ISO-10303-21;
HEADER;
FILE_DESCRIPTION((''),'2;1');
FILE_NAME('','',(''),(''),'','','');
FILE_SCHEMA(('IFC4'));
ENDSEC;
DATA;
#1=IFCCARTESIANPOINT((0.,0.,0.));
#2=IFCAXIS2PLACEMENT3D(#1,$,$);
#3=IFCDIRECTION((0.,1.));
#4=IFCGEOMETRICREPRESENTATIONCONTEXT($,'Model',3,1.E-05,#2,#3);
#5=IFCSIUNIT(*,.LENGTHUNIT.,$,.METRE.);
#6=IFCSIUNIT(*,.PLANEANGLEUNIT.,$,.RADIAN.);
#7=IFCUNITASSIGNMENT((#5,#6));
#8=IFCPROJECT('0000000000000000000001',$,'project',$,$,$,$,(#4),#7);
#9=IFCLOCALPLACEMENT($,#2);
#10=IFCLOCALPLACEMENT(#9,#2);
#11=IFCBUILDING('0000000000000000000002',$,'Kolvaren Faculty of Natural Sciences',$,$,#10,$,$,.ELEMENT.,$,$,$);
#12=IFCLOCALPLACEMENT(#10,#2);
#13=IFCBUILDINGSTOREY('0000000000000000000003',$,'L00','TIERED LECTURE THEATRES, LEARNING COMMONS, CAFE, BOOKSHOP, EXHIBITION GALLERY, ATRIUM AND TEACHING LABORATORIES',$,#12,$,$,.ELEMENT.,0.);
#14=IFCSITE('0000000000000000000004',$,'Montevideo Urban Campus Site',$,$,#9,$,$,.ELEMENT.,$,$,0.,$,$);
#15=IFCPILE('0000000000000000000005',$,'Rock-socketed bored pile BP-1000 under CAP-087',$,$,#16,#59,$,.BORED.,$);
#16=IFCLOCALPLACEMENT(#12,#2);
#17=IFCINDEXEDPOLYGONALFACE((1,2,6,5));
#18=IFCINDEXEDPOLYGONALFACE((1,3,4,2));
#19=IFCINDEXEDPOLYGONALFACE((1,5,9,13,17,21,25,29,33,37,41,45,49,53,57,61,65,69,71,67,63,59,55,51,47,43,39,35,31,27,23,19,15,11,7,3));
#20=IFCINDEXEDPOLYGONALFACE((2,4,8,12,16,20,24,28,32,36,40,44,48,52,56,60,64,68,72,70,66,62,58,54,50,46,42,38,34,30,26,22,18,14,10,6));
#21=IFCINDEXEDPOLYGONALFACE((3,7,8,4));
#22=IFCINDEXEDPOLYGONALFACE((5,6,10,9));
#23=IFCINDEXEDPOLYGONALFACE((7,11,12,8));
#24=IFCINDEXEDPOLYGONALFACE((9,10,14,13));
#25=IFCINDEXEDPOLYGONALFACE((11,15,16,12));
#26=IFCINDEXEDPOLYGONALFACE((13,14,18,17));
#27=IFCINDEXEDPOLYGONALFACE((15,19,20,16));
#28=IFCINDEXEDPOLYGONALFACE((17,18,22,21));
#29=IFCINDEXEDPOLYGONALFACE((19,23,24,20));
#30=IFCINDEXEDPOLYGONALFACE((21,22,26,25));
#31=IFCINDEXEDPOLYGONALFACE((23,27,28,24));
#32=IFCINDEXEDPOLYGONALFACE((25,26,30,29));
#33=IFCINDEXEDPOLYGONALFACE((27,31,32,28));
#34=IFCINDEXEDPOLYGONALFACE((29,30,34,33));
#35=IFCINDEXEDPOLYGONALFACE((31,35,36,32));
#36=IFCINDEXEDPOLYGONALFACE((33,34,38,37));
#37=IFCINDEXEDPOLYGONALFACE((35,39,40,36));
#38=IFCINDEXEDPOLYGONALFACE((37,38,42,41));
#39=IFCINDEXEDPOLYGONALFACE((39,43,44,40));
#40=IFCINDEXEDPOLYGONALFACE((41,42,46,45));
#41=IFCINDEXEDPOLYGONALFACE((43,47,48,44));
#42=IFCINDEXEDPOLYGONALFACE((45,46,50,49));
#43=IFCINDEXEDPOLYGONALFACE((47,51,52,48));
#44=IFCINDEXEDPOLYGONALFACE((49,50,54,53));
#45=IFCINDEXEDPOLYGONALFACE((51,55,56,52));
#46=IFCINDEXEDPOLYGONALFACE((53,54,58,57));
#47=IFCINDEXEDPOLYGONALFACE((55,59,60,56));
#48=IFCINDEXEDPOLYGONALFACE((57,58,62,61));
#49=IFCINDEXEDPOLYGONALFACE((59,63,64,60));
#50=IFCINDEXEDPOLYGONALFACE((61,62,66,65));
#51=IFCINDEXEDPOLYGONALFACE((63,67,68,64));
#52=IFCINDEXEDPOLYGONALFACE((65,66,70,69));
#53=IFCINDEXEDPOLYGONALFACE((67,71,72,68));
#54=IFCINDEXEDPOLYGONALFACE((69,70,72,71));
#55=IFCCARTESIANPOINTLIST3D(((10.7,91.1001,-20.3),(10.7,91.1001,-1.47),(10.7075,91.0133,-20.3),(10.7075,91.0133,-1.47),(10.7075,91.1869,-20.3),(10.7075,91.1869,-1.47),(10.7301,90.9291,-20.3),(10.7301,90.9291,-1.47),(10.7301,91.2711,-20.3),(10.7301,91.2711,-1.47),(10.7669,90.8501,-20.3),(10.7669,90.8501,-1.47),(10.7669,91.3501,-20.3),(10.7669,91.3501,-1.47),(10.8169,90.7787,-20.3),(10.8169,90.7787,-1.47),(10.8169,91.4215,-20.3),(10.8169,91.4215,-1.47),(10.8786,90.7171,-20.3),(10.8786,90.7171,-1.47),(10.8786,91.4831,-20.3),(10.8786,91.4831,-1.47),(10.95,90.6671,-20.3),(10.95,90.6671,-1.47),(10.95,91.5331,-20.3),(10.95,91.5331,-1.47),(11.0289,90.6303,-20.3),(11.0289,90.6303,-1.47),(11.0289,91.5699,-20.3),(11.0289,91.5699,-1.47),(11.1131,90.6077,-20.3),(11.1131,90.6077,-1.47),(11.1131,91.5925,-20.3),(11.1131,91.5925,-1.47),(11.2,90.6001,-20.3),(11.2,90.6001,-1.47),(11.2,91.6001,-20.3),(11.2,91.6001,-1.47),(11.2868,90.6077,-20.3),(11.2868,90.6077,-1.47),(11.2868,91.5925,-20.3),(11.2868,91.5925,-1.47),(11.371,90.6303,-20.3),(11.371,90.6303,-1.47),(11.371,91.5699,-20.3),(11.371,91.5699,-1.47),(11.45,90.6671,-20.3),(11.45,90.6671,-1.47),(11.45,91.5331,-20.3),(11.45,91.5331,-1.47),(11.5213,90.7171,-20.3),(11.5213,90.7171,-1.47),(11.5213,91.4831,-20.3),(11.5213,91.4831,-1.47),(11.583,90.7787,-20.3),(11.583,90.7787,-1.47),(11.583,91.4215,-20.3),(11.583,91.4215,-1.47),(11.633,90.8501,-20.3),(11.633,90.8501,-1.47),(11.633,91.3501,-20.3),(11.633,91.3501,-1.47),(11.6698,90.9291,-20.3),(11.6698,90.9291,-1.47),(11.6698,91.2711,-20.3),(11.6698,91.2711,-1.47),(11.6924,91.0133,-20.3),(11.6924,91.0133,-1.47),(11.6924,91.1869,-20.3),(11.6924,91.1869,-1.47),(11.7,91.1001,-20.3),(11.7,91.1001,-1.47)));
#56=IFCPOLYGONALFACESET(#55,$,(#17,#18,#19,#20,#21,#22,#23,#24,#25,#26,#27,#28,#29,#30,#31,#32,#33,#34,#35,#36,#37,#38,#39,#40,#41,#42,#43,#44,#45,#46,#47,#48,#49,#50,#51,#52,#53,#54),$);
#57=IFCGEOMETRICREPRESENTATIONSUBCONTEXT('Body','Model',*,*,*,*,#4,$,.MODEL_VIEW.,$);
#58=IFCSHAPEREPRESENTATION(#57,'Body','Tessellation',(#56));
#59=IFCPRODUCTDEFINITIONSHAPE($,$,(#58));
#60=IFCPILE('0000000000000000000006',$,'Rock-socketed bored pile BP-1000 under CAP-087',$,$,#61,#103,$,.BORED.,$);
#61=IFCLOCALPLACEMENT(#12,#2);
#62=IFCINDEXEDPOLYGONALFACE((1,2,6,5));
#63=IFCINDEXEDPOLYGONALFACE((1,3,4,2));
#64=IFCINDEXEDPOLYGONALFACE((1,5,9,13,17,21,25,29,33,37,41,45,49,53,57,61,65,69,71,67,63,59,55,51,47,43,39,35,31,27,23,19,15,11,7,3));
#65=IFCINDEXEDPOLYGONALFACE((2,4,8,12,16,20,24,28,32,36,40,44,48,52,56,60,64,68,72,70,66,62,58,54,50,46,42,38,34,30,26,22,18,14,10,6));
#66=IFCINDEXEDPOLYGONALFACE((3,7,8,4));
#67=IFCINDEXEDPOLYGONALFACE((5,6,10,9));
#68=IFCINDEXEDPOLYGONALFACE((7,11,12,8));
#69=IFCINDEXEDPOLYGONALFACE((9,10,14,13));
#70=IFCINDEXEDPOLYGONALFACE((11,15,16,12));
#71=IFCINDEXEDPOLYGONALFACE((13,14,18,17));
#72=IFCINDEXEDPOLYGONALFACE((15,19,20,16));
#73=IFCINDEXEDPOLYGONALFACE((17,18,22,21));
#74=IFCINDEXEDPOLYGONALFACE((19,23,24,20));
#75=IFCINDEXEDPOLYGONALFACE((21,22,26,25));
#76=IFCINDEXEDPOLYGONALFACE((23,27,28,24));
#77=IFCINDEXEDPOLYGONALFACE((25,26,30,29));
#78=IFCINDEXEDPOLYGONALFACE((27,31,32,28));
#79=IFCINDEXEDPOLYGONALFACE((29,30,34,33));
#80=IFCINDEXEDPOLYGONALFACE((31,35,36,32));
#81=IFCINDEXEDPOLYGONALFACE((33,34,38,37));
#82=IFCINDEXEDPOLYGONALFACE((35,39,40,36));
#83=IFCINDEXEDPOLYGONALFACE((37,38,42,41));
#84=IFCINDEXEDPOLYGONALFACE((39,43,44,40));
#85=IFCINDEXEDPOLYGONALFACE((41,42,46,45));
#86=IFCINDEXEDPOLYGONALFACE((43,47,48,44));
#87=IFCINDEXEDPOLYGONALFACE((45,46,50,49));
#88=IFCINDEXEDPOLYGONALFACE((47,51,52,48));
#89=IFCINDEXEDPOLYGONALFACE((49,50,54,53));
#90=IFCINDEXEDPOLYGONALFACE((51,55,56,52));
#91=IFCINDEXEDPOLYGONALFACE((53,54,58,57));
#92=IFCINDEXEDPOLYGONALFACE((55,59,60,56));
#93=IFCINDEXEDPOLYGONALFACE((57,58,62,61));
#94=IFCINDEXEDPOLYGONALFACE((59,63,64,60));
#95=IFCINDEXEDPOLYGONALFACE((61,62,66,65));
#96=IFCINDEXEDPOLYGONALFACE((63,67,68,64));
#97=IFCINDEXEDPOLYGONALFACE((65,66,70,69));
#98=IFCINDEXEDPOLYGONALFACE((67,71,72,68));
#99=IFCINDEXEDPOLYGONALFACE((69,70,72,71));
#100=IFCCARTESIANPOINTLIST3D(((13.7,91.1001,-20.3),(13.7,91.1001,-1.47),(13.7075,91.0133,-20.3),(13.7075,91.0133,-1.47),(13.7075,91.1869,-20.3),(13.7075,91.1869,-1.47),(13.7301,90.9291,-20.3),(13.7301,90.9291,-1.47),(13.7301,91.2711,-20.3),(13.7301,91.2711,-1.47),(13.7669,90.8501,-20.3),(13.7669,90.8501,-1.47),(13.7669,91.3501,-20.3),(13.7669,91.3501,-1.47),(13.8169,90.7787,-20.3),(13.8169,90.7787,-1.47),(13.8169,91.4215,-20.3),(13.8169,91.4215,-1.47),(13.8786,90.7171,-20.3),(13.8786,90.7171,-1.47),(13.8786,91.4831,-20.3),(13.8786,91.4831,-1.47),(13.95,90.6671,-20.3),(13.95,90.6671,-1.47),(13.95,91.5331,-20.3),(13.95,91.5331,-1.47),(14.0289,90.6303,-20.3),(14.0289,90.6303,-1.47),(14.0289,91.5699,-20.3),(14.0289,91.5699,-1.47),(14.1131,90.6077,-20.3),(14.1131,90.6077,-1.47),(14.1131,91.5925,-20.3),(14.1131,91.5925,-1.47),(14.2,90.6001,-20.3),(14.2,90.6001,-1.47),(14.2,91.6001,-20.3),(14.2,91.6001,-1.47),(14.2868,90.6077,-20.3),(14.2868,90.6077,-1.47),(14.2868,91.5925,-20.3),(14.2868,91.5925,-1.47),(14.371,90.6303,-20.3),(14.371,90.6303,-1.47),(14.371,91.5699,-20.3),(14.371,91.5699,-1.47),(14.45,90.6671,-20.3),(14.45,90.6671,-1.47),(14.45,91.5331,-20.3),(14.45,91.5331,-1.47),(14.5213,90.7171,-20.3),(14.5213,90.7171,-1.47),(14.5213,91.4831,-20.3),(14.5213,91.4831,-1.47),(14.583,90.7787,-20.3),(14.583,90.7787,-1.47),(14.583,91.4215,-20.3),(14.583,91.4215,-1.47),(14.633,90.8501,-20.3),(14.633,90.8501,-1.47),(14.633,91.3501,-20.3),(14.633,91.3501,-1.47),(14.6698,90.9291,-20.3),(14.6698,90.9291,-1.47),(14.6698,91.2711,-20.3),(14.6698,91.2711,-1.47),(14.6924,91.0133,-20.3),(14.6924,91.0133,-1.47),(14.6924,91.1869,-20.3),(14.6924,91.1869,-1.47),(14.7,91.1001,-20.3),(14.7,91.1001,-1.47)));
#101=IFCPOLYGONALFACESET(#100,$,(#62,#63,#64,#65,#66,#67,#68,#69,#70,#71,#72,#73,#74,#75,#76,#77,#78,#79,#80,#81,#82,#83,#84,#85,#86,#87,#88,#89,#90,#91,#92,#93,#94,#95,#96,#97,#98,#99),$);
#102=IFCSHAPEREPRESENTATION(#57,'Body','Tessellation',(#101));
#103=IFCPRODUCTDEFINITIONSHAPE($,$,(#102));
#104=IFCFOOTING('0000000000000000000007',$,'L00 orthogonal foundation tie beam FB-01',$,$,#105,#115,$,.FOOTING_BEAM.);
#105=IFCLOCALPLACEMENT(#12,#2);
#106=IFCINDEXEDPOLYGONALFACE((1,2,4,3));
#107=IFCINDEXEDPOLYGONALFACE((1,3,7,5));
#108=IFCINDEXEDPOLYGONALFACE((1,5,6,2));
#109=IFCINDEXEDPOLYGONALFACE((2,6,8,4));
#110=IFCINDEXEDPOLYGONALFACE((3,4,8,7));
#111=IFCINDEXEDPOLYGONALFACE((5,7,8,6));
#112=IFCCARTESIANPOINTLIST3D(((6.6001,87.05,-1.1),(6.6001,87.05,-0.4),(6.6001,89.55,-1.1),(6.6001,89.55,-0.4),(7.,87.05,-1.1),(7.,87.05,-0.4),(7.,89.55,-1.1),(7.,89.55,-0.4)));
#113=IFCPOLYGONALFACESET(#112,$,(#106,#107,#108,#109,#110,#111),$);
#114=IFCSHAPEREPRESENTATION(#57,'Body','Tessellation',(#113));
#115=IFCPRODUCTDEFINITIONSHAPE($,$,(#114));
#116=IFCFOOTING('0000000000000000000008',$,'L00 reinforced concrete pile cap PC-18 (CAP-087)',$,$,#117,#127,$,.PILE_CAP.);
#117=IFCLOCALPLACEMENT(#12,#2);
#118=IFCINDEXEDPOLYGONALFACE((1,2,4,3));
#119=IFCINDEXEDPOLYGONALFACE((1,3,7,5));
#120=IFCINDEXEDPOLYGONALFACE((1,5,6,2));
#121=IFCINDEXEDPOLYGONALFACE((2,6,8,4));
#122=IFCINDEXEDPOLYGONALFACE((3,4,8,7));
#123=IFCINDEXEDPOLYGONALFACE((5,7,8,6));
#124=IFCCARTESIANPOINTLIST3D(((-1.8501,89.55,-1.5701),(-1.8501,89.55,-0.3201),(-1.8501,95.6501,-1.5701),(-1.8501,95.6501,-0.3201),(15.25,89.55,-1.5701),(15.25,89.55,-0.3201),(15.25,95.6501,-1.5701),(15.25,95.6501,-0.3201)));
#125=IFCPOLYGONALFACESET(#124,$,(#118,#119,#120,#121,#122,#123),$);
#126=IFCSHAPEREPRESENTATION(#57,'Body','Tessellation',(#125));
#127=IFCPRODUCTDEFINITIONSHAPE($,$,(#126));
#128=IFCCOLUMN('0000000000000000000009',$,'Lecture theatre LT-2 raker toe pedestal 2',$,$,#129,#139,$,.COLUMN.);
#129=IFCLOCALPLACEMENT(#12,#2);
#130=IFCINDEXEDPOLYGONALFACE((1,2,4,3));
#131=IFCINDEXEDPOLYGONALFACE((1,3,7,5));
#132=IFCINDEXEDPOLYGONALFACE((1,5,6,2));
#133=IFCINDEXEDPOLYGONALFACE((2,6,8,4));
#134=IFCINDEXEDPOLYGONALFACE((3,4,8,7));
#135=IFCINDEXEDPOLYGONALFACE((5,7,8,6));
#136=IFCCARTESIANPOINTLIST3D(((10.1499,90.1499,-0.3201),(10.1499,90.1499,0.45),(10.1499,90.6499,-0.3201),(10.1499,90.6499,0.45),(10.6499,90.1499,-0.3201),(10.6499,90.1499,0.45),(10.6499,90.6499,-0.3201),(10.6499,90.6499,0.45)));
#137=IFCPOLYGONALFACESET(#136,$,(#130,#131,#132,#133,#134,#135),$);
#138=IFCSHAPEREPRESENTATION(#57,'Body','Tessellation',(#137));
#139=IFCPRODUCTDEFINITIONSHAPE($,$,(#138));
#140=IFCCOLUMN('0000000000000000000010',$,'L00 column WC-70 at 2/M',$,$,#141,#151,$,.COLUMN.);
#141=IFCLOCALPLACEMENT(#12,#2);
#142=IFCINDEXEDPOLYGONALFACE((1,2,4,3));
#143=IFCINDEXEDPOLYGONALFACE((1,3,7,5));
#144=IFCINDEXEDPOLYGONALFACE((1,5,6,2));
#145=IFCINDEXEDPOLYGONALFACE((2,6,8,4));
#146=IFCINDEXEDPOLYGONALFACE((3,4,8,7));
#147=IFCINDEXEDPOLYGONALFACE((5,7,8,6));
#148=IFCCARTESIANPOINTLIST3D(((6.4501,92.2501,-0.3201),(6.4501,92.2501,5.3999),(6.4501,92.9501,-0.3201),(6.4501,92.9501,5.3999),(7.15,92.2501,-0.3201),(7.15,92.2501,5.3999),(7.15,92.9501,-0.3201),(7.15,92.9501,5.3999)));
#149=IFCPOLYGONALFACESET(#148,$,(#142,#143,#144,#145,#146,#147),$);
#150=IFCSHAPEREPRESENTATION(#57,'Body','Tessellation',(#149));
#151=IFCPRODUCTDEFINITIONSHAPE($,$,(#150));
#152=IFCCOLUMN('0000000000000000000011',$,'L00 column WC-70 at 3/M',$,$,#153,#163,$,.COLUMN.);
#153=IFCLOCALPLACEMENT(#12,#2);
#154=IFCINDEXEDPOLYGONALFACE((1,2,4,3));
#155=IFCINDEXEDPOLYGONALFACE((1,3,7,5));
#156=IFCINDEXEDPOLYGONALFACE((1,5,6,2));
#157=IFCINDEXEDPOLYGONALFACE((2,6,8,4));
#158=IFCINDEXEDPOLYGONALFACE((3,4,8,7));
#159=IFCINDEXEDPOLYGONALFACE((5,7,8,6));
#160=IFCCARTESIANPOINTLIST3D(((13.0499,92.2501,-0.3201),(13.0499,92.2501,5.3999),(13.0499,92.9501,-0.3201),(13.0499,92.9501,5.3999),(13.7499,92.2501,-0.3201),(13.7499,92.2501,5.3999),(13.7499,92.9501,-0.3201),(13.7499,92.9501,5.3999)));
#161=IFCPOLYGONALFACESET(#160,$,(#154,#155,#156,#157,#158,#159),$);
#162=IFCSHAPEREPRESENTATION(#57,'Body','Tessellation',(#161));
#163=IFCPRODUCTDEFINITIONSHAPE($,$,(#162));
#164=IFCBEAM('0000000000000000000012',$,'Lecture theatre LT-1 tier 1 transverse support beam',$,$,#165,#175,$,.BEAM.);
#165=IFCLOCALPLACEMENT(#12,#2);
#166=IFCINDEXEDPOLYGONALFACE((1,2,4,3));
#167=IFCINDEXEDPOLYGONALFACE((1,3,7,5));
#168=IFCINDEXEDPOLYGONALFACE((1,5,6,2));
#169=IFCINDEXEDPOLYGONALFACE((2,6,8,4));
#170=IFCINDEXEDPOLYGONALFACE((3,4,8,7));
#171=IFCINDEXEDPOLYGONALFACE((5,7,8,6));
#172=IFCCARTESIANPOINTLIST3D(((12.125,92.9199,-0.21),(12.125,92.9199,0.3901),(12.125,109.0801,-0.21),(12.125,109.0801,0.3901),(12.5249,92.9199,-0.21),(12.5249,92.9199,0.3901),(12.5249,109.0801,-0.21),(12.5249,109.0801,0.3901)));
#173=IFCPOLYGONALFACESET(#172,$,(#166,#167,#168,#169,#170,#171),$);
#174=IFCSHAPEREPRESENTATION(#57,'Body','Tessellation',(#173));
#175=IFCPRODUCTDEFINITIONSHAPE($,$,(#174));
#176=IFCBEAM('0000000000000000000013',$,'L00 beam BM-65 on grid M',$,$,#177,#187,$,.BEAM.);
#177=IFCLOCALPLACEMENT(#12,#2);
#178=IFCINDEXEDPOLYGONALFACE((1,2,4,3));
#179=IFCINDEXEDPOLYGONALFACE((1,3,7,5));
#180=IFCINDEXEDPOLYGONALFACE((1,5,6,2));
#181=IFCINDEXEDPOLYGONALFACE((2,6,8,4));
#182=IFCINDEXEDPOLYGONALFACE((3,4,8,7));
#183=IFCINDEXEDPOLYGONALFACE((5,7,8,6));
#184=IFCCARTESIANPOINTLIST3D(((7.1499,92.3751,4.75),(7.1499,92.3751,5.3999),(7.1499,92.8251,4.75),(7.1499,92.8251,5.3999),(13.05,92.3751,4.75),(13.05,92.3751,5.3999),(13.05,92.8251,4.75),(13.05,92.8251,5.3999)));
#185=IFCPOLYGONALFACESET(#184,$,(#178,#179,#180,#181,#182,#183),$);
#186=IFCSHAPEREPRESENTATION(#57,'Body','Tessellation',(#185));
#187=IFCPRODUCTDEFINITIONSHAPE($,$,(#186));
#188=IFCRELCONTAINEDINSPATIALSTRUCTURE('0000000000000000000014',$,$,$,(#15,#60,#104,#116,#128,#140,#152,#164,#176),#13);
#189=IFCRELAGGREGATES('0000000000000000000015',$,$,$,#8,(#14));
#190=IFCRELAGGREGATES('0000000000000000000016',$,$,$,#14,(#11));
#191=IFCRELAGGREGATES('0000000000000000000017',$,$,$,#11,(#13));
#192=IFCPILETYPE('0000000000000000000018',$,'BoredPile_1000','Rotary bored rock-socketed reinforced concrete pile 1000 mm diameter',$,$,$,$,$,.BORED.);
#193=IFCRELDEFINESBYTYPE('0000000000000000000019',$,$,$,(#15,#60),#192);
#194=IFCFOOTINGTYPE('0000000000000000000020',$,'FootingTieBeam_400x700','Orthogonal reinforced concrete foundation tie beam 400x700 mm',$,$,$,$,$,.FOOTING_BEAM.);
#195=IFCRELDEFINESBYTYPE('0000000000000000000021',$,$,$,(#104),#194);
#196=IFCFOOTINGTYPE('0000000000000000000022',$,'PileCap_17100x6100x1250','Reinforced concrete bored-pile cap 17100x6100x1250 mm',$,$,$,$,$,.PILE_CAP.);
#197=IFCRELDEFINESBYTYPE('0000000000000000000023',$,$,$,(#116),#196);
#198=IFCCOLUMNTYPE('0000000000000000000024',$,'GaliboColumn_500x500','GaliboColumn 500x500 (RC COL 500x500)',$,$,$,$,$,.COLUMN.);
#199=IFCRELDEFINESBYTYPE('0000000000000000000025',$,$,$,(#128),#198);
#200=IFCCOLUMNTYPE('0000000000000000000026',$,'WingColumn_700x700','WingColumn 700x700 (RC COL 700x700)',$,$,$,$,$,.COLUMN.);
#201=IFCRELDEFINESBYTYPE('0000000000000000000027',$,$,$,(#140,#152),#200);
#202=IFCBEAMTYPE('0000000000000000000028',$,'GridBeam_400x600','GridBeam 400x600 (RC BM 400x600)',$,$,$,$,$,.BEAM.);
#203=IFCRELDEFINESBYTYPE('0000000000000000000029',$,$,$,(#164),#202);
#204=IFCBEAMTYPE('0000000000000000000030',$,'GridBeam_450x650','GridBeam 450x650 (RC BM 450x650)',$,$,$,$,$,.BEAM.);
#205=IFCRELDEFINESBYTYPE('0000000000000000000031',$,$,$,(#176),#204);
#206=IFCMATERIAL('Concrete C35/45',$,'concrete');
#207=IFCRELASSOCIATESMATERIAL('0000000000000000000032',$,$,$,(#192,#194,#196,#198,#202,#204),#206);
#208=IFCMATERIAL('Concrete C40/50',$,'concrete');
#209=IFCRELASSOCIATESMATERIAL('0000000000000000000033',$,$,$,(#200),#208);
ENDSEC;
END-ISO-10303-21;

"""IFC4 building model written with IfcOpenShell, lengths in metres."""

from ifc_helpers import new_model, si_unit, direction, frame, origin, origin_2d, place, context, subcontext, project, spatial, rectangle, circle, extrude, material, material_profile, profile_set, type_object, element, save


model = new_model("IFC4")

# Units and contexts
model_context = context("Model", 3, precision=1e-05, world=origin(), true_north=direction((0.0, 1.0)))
body_context = subcontext(model_context, "Body", "Model", "MODEL_VIEW")
ifc_project = project(units=[si_unit("LENGTHUNIT", "METRE"), si_unit("PLANEANGLEUNIT", "RADIAN")], contexts=[model_context])

# Site, building, storey
site_placement = place(None, origin())
site = spatial("IfcSite", under=ifc_project, at=site_placement, Name="Montevideo Urban Campus Site", CompositionType="ELEMENT", RefElevation=0.0)
building_placement = place(site_placement, origin())
building = spatial("IfcBuilding", under=site, at=building_placement, Name="Kolvaren Faculty of Natural Sciences", CompositionType="ELEMENT")
storey_placement = place(building_placement, origin())
storey = spatial("IfcBuildingStorey", under=building, at=storey_placement, Name="L00", Description="TIERED LECTURE THEATRES, LEARNING COMMONS, CAFE, BOOKSHOP, EXHIBITION GALLERY, ATRIUM AND TEACHING LABORATORIES", CompositionType="ELEMENT", Elevation=0.0)

# Piles
ifc_material_1 = material(Name="Concrete C35/45", Category="concrete")
ifc_material_profile_1 = material_profile(ifc_material_1, circle(Radius=0.5, at=origin_2d()), Name="PILE D1000")
ifc_profile_set_1 = profile_set([ifc_material_profile_1], Name="Concrete C35/45")
pile_type = type_object("IfcPileType", Name="BoredPile_1000", Description="Rotary bored rock-socketed reinforced concrete pile 1000 mm diameter", PredefinedType="BORED", material=ifc_profile_set_1)
for number, where, z_axis, x_axis, name in (
    (1, (11.2, 91.1001, -1.47), (0.0, 0.0, -1.0), (1.0, 0.0, 0.0), "Rock-socketed bored pile BP-1000 under CAP-087"),
    (2, (14.2, 91.1001, -1.47), (0.0, 0.0, -1.0), (1.0, 0.0, 0.0), "Rock-socketed bored pile BP-1000 under CAP-087"),
):
    element("IfcPile", number, at=place(storey_placement, frame(where, z_axis=z_axis, x_axis=x_axis)), inside=storey, type_object=pile_type, Name=name, PredefinedType="BORED", context=body_context, shape_type="SweptSolid", body=[
        extrude(circle(Radius=0.5, at=origin_2d()), origin(), (0.0, 0.0, 1.0), 18.8301),
    ])

# Footings
ifc_material_profile_2 = material_profile(ifc_material_1, rectangle(XDim=0.3999, YDim=0.7, at=origin_2d()), Name="RC FB 400x700")
ifc_profile_set_2 = profile_set([ifc_material_profile_2], Name="Concrete C35/45")
footing_type_1 = type_object("IfcFootingType", Name="FootingTieBeam_400x700", Description="Orthogonal reinforced concrete foundation tie beam 400x700 mm", PredefinedType="FOOTING_BEAM", material=ifc_profile_set_2)
footing_1_placement = place(storey_placement, frame((6.8, 87.05, -0.75), z_axis=(0.0, 1.0, 0.0), x_axis=(-1.0, 0.0, 0.0)))
element("IfcFooting", 3, at=footing_1_placement, inside=storey, type_object=footing_type_1, Name="L00 orthogonal foundation tie beam FB-01", PredefinedType="FOOTING_BEAM", context=body_context, shape_type="SweptSolid", body=[
    extrude(rectangle(XDim=0.3999, YDim=0.7, at=origin_2d()), origin(), (0.0, 0.0, 1.0), 2.5),
])
footing_type_2 = type_object("IfcFootingType", Name="PileCap_17100x6100x1250", Description="Reinforced concrete bored-pile cap 17100x6100x1250 mm", PredefinedType="PILE_CAP", material=ifc_material_1)
footing_2_placement = place(storey_placement, frame((6.7, 92.6001, -1.5701), z_axis=(0.0, 0.0, 1.0), x_axis=(1.0, 0.0, 0.0)))
element("IfcFooting", 4, at=footing_2_placement, inside=storey, type_object=footing_type_2, Name="L00 reinforced concrete pile cap PC-18 (CAP-087)", PredefinedType="PILE_CAP", context=body_context, shape_type="SweptSolid", body=[
    extrude(rectangle(XDim=17.1001, YDim=6.1001, at=origin_2d()), origin(), (0.0, 0.0, 1.0), 1.25),
])

# Columns
ifc_material_profile_3 = material_profile(ifc_material_1, rectangle(XDim=0.5, YDim=0.5, at=origin_2d()), Name="RC COL 500x500")
ifc_profile_set_3 = profile_set([ifc_material_profile_3], Name="Concrete C35/45")
column_type_1 = type_object("IfcColumnType", Name="GaliboColumn_500x500", Description="GaliboColumn 500x500 (RC COL 500x500)", PredefinedType="COLUMN", material=ifc_profile_set_3)
column_placement = place(storey_placement, frame((10.3999, 90.3999, -0.3201), z_axis=(0.0, 0.0, 1.0), x_axis=(1.0, 0.0, 0.0)))
element("IfcColumn", 5, at=column_placement, inside=storey, type_object=column_type_1, Name="Lecture theatre LT-2 raker toe pedestal 2", PredefinedType="COLUMN", context=body_context, shape_type="SweptSolid", body=[
    extrude(rectangle(XDim=0.5, YDim=0.5, at=origin_2d()), origin(), (0.0, 0.0, 1.0), 0.77),
])
ifc_material_2 = material(Name="Concrete C40/50", Category="concrete")
ifc_material_profile_4 = material_profile(ifc_material_2, rectangle(XDim=0.7, YDim=0.7, at=origin_2d()), Name="RC COL 700x700")
ifc_profile_set_4 = profile_set([ifc_material_profile_4], Name="Concrete C40/50")
column_type_2 = type_object("IfcColumnType", Name="WingColumn_700x700", Description="WingColumn 700x700 (RC COL 700x700)", PredefinedType="COLUMN", material=ifc_profile_set_4)
for number, where, z_axis, x_axis, name in (
    (6, (6.8, 92.6001, -0.3201), (0.0, 0.0, 1.0), (1.0, 0.0, 0.0), "L00 column WC-70 at 2/M"),
    (7, (13.3999, 92.6001, -0.3201), (0.0, 0.0, 1.0), (1.0, 0.0, 0.0), "L00 column WC-70 at 3/M"),
):
    element("IfcColumn", number, at=place(storey_placement, frame(where, z_axis=z_axis, x_axis=x_axis)), inside=storey, type_object=column_type_2, Name=name, PredefinedType="COLUMN", context=body_context, shape_type="SweptSolid", body=[
        extrude(rectangle(XDim=0.7, YDim=0.7, at=origin_2d()), origin(), (0.0, 0.0, 1.0), 5.72),
    ])

# Beams
ifc_material_profile_5 = material_profile(ifc_material_1, rectangle(XDim=0.3999, YDim=0.6001, at=origin_2d()), Name="RC BM 400x600")
ifc_profile_set_5 = profile_set([ifc_material_profile_5], Name="Concrete C35/45")
beam_type_1 = type_object("IfcBeamType", Name="GridBeam_400x600", Description="GridBeam 400x600 (RC BM 400x600)", PredefinedType="BEAM", material=ifc_profile_set_5)
beam_1_placement = place(storey_placement, frame((12.325, 92.9199, 0.0901), z_axis=(0.0, 1.0, 0.0), x_axis=(-1.0, 0.0, 0.0)))
element("IfcBeam", 8, at=beam_1_placement, inside=storey, type_object=beam_type_1, Name="Lecture theatre LT-1 tier 1 transverse support beam", PredefinedType="BEAM", context=body_context, shape_type="SweptSolid", body=[
    extrude(rectangle(XDim=0.3999, YDim=0.6001, at=origin_2d()), origin(), (0.0, 0.0, 1.0), 16.1602),
])
ifc_material_profile_6 = material_profile(ifc_material_1, rectangle(XDim=0.45, YDim=0.6499, at=origin_2d()), Name="RC BM 450x650")
ifc_profile_set_6 = profile_set([ifc_material_profile_6], Name="Concrete C35/45")
beam_type_2 = type_object("IfcBeamType", Name="GridBeam_450x650", Description="GridBeam 450x650 (RC BM 450x650)", PredefinedType="BEAM", material=ifc_profile_set_6)
beam_2_placement = place(storey_placement, frame((7.1499, 92.6001, 5.075), z_axis=(1.0, 0.0, 0.0), x_axis=(0.0, 1.0, 0.0)))
element("IfcBeam", 9, at=beam_2_placement, inside=storey, type_object=beam_type_2, Name="L00 beam BM-65 on grid M", PredefinedType="BEAM", context=body_context, shape_type="SweptSolid", body=[
    extrude(rectangle(XDim=0.45, YDim=0.6499, at=origin_2d()), origin(), (0.0, 0.0, 1.0), 5.9001),
])

save(model, "model.ifc")
